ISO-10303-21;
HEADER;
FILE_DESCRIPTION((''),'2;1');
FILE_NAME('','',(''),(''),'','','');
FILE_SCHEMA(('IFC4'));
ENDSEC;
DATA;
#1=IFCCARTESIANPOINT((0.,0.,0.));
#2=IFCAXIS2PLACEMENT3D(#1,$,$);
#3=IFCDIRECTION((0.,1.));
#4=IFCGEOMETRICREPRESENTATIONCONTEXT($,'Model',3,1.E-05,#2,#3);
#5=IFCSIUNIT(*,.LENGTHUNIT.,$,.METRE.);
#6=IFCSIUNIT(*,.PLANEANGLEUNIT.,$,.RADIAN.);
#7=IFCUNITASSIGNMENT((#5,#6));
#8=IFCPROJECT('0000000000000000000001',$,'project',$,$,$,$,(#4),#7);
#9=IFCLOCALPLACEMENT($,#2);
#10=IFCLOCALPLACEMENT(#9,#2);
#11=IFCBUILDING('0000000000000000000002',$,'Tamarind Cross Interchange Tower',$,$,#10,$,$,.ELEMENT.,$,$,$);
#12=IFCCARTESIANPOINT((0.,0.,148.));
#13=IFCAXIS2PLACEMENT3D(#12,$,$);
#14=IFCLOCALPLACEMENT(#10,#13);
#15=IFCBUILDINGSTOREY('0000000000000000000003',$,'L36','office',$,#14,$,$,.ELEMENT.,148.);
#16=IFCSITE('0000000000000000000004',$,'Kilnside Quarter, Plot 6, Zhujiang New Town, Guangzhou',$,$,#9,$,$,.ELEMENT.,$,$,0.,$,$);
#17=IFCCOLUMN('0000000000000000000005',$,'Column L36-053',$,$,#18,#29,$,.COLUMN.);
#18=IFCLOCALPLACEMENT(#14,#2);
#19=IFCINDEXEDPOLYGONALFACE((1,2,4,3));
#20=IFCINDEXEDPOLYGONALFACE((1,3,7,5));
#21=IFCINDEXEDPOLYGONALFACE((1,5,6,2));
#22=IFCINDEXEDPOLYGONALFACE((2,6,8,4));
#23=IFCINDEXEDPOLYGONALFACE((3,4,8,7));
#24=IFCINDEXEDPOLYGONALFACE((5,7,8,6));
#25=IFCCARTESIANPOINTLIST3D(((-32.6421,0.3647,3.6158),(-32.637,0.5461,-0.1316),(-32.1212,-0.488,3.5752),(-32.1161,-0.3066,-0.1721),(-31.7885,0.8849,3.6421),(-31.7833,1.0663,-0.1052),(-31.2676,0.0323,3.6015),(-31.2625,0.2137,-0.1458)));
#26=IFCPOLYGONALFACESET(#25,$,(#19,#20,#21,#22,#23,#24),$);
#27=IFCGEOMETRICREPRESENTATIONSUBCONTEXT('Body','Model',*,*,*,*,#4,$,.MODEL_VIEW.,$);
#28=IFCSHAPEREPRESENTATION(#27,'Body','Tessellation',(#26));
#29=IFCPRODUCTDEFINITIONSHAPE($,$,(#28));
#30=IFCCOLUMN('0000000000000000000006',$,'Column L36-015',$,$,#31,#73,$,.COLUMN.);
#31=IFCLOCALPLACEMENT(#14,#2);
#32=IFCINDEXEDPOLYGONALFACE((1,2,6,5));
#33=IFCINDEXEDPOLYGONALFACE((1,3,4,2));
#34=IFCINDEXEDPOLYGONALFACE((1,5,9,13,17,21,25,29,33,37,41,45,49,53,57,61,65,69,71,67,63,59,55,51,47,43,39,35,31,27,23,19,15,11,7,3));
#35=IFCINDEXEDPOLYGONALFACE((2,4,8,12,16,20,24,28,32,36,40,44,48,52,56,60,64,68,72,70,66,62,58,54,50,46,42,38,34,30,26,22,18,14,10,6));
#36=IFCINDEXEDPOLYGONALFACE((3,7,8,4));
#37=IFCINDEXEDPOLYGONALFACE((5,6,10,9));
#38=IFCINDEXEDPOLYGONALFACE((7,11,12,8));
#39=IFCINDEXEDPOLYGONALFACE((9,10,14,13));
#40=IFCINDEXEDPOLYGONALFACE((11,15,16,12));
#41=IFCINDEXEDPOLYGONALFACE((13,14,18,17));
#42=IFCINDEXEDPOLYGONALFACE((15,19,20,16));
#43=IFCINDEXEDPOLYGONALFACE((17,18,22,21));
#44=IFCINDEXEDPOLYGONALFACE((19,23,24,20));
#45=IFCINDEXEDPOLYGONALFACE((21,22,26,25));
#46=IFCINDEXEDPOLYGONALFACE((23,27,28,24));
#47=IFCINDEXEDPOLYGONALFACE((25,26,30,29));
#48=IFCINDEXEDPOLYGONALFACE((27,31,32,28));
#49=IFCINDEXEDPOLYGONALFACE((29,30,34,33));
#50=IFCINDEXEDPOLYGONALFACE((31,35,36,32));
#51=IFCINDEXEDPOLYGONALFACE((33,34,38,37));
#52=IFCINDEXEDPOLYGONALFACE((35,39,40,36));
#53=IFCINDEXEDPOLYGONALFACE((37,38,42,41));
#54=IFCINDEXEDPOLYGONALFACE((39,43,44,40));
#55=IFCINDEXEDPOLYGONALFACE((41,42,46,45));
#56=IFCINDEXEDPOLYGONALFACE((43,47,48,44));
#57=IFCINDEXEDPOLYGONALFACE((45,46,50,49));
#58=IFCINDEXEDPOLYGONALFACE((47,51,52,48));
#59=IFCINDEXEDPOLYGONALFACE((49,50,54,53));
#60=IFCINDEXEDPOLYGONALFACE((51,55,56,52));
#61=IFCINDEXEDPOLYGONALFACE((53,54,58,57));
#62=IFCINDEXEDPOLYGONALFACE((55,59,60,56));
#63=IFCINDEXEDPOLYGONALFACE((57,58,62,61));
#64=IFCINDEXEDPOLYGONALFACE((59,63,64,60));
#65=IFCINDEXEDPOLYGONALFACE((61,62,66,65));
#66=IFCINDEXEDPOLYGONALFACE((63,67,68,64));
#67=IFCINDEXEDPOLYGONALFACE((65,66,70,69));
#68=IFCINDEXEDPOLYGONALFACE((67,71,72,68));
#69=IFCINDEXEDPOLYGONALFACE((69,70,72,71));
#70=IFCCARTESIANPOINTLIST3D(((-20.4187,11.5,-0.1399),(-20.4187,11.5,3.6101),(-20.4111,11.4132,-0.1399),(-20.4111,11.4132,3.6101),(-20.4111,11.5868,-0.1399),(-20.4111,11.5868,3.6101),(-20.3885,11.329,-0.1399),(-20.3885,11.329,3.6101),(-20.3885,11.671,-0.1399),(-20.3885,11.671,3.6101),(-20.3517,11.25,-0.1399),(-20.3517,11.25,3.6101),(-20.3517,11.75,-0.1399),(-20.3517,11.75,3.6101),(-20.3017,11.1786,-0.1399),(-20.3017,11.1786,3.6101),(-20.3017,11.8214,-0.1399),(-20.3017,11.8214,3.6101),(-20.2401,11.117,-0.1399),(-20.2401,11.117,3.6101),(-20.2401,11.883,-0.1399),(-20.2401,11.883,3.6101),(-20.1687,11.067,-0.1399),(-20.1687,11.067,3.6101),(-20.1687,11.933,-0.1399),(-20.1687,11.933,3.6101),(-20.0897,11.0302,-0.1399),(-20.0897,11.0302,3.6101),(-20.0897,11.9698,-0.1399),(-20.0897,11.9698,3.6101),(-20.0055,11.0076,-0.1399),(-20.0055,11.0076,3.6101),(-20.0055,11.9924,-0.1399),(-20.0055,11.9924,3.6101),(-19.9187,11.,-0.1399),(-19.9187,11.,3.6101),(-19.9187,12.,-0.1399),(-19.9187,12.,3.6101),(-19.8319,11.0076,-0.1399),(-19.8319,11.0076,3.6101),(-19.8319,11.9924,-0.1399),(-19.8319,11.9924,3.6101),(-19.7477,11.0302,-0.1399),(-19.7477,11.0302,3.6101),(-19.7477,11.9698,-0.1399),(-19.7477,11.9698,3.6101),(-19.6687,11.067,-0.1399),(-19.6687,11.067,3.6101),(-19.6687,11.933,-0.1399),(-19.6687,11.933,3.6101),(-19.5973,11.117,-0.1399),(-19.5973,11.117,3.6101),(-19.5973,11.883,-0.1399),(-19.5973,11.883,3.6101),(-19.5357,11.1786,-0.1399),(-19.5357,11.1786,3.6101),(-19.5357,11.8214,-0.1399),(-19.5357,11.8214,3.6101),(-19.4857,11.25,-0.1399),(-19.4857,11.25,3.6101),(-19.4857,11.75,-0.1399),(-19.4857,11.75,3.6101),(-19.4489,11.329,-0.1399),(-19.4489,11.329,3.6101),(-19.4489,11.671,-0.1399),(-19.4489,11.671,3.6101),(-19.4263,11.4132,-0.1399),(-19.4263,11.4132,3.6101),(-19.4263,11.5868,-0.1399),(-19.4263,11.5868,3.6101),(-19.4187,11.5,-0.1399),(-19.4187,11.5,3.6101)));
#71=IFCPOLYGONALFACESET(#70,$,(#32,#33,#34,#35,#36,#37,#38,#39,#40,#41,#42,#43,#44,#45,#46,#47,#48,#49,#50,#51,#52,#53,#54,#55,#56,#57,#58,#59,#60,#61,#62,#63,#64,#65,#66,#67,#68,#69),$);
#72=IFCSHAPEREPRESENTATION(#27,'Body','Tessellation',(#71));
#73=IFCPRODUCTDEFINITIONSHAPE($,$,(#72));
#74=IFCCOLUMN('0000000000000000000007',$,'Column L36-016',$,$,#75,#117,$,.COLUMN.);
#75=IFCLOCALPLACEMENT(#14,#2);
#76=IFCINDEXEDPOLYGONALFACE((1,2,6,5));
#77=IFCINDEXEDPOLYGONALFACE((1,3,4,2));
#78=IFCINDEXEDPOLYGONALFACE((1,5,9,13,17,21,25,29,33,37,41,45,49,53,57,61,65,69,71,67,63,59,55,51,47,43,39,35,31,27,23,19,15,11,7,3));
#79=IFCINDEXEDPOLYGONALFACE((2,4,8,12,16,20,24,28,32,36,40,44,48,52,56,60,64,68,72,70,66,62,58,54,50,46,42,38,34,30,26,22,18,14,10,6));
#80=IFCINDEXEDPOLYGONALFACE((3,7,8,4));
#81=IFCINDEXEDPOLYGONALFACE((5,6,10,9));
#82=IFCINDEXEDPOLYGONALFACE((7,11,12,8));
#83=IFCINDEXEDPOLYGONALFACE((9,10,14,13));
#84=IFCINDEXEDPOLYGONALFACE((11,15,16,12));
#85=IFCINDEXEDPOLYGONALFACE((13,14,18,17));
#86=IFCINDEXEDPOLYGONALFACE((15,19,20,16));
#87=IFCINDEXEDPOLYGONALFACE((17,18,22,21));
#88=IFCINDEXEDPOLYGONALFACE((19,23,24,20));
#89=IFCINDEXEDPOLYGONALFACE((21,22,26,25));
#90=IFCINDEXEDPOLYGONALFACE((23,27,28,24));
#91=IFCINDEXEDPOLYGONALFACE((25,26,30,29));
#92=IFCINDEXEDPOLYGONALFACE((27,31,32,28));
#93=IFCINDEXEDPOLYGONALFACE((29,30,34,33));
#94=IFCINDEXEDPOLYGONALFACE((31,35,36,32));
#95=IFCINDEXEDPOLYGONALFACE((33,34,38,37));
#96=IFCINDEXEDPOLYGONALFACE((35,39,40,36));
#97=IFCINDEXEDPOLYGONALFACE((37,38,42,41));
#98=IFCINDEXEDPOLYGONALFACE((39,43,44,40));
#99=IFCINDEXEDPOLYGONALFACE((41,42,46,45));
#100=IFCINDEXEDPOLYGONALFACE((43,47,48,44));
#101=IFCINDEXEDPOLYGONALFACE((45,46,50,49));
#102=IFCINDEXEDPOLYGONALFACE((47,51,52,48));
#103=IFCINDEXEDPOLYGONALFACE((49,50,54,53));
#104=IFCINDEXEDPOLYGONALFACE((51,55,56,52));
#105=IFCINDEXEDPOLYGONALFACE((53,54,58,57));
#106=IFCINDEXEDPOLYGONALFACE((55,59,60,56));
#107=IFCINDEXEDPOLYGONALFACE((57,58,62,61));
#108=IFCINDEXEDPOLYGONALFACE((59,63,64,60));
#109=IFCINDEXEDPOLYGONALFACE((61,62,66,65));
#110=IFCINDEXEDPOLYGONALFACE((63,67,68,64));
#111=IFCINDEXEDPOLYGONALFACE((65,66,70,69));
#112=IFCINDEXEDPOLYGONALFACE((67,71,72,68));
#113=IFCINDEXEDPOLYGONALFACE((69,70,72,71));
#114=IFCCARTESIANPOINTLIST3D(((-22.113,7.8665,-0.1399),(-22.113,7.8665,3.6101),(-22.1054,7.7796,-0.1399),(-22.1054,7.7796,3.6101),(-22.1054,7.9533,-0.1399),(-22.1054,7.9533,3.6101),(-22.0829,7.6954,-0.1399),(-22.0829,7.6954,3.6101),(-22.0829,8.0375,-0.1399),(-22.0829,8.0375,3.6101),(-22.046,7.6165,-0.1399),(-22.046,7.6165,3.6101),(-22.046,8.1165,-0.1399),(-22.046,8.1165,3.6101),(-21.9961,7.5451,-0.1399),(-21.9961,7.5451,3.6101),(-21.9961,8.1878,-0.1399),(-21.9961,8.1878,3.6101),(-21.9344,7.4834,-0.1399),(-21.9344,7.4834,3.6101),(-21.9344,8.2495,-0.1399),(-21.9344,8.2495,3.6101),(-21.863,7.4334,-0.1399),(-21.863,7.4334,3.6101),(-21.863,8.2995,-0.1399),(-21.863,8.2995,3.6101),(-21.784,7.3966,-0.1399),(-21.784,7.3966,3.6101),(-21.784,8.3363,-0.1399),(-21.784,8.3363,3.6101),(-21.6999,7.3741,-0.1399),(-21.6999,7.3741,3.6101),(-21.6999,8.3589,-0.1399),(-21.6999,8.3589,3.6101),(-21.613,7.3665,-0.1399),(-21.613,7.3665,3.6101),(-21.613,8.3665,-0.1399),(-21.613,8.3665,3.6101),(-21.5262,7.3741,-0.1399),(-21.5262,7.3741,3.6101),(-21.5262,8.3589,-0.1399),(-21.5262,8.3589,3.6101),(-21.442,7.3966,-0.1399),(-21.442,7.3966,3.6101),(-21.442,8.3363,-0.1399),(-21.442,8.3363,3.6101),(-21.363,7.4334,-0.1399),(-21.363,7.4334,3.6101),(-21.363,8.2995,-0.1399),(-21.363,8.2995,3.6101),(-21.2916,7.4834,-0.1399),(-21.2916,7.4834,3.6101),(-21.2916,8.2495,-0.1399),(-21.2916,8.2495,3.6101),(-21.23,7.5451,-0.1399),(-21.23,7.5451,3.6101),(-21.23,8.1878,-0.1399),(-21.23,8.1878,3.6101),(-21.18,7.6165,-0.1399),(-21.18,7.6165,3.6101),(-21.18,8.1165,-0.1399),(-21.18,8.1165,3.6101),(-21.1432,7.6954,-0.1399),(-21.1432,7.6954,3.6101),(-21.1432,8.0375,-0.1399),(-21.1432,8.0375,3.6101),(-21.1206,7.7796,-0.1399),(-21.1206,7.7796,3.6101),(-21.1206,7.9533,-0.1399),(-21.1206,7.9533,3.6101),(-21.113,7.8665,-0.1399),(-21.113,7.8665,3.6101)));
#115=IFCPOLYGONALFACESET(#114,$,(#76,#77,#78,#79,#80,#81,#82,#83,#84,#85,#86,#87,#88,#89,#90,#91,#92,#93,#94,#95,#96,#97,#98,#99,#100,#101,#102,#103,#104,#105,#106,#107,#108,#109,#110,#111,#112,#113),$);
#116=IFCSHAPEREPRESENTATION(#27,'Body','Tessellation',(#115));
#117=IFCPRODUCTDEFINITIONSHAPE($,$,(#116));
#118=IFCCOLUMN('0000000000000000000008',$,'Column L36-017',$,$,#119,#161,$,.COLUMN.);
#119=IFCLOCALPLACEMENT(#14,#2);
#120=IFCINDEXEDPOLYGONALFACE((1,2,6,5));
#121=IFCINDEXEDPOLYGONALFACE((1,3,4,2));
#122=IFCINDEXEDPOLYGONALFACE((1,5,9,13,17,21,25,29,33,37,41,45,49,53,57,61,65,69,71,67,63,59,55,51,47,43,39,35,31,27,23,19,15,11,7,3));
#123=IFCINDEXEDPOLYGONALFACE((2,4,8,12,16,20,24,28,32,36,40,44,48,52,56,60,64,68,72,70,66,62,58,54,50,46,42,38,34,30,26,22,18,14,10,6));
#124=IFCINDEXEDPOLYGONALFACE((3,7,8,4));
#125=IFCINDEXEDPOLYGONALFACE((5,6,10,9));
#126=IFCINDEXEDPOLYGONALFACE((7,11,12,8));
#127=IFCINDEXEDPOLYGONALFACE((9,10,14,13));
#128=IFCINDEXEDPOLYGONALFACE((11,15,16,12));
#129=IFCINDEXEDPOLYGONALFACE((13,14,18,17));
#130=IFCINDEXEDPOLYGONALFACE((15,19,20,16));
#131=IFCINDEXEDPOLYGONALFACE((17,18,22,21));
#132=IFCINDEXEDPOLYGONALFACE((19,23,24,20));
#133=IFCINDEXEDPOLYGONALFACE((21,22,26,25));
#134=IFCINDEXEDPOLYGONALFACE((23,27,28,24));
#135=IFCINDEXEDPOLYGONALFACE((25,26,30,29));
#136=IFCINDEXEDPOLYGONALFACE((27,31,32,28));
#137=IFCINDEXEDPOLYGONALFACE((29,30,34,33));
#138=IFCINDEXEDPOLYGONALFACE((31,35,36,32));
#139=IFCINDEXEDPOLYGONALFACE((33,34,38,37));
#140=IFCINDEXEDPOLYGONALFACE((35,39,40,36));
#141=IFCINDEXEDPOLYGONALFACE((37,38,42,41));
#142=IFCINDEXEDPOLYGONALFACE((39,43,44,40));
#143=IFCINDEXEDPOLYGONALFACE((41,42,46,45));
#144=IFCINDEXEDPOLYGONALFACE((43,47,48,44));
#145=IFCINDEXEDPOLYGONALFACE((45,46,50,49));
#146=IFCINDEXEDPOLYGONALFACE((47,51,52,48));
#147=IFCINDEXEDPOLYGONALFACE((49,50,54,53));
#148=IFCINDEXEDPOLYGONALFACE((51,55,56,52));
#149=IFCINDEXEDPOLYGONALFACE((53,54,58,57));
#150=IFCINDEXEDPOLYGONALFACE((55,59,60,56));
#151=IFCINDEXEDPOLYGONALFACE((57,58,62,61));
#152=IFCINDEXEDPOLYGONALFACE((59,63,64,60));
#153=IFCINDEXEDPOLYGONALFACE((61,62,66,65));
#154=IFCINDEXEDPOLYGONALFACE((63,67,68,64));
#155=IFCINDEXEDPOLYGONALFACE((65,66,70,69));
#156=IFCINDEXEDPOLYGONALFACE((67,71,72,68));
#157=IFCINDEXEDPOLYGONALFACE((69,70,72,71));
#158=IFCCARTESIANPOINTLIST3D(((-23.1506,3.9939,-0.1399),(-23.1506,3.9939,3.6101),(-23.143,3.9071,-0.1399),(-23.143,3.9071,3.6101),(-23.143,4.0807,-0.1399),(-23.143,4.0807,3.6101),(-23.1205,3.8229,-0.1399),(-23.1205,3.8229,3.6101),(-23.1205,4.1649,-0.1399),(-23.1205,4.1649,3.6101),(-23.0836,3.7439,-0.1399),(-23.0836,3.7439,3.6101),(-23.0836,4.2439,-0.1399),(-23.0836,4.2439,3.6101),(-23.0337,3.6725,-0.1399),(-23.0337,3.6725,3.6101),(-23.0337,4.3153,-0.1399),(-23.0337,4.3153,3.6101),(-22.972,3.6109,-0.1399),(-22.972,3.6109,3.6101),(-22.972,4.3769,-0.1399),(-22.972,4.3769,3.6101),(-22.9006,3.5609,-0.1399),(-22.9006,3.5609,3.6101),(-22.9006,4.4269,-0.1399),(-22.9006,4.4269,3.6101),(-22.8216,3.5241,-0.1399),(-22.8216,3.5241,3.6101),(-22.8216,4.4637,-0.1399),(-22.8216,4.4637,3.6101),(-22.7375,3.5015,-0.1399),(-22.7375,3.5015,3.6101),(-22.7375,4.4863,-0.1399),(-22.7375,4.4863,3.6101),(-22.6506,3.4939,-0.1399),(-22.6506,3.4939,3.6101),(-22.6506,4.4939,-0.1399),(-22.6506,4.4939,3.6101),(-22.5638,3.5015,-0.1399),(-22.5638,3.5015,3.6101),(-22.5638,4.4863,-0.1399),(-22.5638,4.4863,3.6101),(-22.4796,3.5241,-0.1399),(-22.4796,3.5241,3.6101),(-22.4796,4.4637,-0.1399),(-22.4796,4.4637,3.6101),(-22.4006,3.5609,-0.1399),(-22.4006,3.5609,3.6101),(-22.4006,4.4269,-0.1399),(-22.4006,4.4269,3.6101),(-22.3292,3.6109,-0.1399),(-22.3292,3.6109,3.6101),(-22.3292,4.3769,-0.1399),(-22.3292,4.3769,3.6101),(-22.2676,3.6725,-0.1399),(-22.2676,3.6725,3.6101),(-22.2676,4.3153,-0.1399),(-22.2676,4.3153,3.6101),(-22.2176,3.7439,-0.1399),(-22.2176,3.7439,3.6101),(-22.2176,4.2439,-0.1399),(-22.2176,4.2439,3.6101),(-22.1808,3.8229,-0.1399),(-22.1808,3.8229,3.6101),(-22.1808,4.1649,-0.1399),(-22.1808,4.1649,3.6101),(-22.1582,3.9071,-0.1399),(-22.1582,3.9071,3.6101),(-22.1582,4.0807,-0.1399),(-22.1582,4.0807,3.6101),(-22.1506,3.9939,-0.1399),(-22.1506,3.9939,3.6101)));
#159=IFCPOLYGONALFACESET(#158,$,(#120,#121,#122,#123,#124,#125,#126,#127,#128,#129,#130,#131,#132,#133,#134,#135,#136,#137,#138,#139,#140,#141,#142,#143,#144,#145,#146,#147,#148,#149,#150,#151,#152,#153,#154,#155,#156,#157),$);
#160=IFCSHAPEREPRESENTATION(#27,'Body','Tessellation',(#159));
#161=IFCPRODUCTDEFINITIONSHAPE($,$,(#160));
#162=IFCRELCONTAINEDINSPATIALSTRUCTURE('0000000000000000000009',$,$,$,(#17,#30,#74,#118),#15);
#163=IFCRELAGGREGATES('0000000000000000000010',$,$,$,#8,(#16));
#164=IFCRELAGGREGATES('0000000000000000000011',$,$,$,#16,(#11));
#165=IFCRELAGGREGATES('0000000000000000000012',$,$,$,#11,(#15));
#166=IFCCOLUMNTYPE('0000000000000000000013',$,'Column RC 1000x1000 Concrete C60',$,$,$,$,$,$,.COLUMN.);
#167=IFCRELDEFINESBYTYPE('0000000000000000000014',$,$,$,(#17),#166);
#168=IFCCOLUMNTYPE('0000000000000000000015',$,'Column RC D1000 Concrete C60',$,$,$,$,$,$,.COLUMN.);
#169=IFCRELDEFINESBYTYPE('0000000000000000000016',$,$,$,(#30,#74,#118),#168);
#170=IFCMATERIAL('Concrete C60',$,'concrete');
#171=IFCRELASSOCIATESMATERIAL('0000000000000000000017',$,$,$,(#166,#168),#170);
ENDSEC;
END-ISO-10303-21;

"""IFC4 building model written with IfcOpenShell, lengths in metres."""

from ifc_helpers import new_model, si_unit, direction, frame, origin, origin_2d, place, context, subcontext, project, spatial, rectangle, circle, extrude, material, material_profile, profile_set, type_object, element, save


model = new_model("IFC4")

# Units and contexts
model_context = context("Model", 3, precision=1e-05, world=origin(), true_north=direction((0.0, 1.0)))
body_context = subcontext(model_context, "Body", "Model", "MODEL_VIEW")
ifc_project = project(units=[si_unit("LENGTHUNIT", "METRE"), si_unit("PLANEANGLEUNIT", "RADIAN")], contexts=[model_context])

# Site, building, storey
site_placement = place(None, origin())
site = spatial("IfcSite", under=ifc_project, at=site_placement, Name="Kilnside Quarter, Plot 6, Zhujiang New Town, Guangzhou", CompositionType="ELEMENT", RefElevation=0.0)
building_placement = place(site_placement, origin())
building = spatial("IfcBuilding", under=site, at=building_placement, Name="Tamarind Cross Interchange Tower", CompositionType="ELEMENT")
storey_placement = place(building_placement, frame((0.0, 0.0, 148.0)))
storey = spatial("IfcBuildingStorey", under=building, at=storey_placement, Name="L36", Description="office", CompositionType="ELEMENT", Elevation=148.0)

# Columns
ifc_material_1 = material(Name="Concrete C60", Category="concrete")
ifc_material_profile_1 = material_profile(ifc_material_1, rectangle(XDim=1.0, YDim=1.0, at=origin_2d()), Name="RC 1000x1000")
ifc_profile_set_1 = profile_set([ifc_material_profile_1], Name="Concrete C60")
column_type_1 = type_object("IfcColumnType", Name="Column RC 1000x1000 Concrete C60", PredefinedType="COLUMN", material=ifc_profile_set_1)
column_placement = place(storey_placement, frame((-31.9497, 0.3799, -0.1387), z_axis=(-0.001367, -0.04835, 0.99883), x_axis=(0.853632, 0.52021, 0.02635)))
element("IfcColumn", 1, at=column_placement, inside=storey, type_object=column_type_1, Name="Column L36-053", PredefinedType="COLUMN", context=body_context, shape_type="SweptSolid", body=[
    extrude(rectangle(XDim=1.0, YDim=1.0, at=origin_2d()), origin(), (0.0, 0.0, 1.0), 3.7517),
])
ifc_material_profile_2 = material_profile(ifc_material_1, circle(Radius=0.5, at=origin_2d()), Name="RC D1000")
ifc_profile_set_2 = profile_set([ifc_material_profile_2], Name="Concrete C60")
column_type_2 = type_object("IfcColumnType", Name="Column RC D1000 Concrete C60", PredefinedType="COLUMN", material=ifc_profile_set_2)
for number, where, z_axis, x_axis, name in (
    (2, (-19.9187, 11.5, -0.1399), (0.0, 0.0, 1.0), (1.0, 0.0, 0.0), "Column L36-015"),
    (3, (-21.613, 7.8665, -0.1399), (0.0, 0.0, 1.0), (1.0, 0.0, 0.0), "Column L36-016"),
    (4, (-22.6506, 3.9939, -0.1399), (0.0, 0.0, 1.0), (1.0, 0.0, 0.0), "Column L36-017"),
):
    element("IfcColumn", number, at=place(storey_placement, frame(where, z_axis=z_axis, x_axis=x_axis)), inside=storey, type_object=column_type_2, Name=name, PredefinedType="COLUMN", context=body_context, shape_type="SweptSolid", body=[
        extrude(circle(Radius=0.5, at=origin_2d()), origin(), (0.0, 0.0, 1.0), 3.75),
    ])

save(model, "model.ifc")
